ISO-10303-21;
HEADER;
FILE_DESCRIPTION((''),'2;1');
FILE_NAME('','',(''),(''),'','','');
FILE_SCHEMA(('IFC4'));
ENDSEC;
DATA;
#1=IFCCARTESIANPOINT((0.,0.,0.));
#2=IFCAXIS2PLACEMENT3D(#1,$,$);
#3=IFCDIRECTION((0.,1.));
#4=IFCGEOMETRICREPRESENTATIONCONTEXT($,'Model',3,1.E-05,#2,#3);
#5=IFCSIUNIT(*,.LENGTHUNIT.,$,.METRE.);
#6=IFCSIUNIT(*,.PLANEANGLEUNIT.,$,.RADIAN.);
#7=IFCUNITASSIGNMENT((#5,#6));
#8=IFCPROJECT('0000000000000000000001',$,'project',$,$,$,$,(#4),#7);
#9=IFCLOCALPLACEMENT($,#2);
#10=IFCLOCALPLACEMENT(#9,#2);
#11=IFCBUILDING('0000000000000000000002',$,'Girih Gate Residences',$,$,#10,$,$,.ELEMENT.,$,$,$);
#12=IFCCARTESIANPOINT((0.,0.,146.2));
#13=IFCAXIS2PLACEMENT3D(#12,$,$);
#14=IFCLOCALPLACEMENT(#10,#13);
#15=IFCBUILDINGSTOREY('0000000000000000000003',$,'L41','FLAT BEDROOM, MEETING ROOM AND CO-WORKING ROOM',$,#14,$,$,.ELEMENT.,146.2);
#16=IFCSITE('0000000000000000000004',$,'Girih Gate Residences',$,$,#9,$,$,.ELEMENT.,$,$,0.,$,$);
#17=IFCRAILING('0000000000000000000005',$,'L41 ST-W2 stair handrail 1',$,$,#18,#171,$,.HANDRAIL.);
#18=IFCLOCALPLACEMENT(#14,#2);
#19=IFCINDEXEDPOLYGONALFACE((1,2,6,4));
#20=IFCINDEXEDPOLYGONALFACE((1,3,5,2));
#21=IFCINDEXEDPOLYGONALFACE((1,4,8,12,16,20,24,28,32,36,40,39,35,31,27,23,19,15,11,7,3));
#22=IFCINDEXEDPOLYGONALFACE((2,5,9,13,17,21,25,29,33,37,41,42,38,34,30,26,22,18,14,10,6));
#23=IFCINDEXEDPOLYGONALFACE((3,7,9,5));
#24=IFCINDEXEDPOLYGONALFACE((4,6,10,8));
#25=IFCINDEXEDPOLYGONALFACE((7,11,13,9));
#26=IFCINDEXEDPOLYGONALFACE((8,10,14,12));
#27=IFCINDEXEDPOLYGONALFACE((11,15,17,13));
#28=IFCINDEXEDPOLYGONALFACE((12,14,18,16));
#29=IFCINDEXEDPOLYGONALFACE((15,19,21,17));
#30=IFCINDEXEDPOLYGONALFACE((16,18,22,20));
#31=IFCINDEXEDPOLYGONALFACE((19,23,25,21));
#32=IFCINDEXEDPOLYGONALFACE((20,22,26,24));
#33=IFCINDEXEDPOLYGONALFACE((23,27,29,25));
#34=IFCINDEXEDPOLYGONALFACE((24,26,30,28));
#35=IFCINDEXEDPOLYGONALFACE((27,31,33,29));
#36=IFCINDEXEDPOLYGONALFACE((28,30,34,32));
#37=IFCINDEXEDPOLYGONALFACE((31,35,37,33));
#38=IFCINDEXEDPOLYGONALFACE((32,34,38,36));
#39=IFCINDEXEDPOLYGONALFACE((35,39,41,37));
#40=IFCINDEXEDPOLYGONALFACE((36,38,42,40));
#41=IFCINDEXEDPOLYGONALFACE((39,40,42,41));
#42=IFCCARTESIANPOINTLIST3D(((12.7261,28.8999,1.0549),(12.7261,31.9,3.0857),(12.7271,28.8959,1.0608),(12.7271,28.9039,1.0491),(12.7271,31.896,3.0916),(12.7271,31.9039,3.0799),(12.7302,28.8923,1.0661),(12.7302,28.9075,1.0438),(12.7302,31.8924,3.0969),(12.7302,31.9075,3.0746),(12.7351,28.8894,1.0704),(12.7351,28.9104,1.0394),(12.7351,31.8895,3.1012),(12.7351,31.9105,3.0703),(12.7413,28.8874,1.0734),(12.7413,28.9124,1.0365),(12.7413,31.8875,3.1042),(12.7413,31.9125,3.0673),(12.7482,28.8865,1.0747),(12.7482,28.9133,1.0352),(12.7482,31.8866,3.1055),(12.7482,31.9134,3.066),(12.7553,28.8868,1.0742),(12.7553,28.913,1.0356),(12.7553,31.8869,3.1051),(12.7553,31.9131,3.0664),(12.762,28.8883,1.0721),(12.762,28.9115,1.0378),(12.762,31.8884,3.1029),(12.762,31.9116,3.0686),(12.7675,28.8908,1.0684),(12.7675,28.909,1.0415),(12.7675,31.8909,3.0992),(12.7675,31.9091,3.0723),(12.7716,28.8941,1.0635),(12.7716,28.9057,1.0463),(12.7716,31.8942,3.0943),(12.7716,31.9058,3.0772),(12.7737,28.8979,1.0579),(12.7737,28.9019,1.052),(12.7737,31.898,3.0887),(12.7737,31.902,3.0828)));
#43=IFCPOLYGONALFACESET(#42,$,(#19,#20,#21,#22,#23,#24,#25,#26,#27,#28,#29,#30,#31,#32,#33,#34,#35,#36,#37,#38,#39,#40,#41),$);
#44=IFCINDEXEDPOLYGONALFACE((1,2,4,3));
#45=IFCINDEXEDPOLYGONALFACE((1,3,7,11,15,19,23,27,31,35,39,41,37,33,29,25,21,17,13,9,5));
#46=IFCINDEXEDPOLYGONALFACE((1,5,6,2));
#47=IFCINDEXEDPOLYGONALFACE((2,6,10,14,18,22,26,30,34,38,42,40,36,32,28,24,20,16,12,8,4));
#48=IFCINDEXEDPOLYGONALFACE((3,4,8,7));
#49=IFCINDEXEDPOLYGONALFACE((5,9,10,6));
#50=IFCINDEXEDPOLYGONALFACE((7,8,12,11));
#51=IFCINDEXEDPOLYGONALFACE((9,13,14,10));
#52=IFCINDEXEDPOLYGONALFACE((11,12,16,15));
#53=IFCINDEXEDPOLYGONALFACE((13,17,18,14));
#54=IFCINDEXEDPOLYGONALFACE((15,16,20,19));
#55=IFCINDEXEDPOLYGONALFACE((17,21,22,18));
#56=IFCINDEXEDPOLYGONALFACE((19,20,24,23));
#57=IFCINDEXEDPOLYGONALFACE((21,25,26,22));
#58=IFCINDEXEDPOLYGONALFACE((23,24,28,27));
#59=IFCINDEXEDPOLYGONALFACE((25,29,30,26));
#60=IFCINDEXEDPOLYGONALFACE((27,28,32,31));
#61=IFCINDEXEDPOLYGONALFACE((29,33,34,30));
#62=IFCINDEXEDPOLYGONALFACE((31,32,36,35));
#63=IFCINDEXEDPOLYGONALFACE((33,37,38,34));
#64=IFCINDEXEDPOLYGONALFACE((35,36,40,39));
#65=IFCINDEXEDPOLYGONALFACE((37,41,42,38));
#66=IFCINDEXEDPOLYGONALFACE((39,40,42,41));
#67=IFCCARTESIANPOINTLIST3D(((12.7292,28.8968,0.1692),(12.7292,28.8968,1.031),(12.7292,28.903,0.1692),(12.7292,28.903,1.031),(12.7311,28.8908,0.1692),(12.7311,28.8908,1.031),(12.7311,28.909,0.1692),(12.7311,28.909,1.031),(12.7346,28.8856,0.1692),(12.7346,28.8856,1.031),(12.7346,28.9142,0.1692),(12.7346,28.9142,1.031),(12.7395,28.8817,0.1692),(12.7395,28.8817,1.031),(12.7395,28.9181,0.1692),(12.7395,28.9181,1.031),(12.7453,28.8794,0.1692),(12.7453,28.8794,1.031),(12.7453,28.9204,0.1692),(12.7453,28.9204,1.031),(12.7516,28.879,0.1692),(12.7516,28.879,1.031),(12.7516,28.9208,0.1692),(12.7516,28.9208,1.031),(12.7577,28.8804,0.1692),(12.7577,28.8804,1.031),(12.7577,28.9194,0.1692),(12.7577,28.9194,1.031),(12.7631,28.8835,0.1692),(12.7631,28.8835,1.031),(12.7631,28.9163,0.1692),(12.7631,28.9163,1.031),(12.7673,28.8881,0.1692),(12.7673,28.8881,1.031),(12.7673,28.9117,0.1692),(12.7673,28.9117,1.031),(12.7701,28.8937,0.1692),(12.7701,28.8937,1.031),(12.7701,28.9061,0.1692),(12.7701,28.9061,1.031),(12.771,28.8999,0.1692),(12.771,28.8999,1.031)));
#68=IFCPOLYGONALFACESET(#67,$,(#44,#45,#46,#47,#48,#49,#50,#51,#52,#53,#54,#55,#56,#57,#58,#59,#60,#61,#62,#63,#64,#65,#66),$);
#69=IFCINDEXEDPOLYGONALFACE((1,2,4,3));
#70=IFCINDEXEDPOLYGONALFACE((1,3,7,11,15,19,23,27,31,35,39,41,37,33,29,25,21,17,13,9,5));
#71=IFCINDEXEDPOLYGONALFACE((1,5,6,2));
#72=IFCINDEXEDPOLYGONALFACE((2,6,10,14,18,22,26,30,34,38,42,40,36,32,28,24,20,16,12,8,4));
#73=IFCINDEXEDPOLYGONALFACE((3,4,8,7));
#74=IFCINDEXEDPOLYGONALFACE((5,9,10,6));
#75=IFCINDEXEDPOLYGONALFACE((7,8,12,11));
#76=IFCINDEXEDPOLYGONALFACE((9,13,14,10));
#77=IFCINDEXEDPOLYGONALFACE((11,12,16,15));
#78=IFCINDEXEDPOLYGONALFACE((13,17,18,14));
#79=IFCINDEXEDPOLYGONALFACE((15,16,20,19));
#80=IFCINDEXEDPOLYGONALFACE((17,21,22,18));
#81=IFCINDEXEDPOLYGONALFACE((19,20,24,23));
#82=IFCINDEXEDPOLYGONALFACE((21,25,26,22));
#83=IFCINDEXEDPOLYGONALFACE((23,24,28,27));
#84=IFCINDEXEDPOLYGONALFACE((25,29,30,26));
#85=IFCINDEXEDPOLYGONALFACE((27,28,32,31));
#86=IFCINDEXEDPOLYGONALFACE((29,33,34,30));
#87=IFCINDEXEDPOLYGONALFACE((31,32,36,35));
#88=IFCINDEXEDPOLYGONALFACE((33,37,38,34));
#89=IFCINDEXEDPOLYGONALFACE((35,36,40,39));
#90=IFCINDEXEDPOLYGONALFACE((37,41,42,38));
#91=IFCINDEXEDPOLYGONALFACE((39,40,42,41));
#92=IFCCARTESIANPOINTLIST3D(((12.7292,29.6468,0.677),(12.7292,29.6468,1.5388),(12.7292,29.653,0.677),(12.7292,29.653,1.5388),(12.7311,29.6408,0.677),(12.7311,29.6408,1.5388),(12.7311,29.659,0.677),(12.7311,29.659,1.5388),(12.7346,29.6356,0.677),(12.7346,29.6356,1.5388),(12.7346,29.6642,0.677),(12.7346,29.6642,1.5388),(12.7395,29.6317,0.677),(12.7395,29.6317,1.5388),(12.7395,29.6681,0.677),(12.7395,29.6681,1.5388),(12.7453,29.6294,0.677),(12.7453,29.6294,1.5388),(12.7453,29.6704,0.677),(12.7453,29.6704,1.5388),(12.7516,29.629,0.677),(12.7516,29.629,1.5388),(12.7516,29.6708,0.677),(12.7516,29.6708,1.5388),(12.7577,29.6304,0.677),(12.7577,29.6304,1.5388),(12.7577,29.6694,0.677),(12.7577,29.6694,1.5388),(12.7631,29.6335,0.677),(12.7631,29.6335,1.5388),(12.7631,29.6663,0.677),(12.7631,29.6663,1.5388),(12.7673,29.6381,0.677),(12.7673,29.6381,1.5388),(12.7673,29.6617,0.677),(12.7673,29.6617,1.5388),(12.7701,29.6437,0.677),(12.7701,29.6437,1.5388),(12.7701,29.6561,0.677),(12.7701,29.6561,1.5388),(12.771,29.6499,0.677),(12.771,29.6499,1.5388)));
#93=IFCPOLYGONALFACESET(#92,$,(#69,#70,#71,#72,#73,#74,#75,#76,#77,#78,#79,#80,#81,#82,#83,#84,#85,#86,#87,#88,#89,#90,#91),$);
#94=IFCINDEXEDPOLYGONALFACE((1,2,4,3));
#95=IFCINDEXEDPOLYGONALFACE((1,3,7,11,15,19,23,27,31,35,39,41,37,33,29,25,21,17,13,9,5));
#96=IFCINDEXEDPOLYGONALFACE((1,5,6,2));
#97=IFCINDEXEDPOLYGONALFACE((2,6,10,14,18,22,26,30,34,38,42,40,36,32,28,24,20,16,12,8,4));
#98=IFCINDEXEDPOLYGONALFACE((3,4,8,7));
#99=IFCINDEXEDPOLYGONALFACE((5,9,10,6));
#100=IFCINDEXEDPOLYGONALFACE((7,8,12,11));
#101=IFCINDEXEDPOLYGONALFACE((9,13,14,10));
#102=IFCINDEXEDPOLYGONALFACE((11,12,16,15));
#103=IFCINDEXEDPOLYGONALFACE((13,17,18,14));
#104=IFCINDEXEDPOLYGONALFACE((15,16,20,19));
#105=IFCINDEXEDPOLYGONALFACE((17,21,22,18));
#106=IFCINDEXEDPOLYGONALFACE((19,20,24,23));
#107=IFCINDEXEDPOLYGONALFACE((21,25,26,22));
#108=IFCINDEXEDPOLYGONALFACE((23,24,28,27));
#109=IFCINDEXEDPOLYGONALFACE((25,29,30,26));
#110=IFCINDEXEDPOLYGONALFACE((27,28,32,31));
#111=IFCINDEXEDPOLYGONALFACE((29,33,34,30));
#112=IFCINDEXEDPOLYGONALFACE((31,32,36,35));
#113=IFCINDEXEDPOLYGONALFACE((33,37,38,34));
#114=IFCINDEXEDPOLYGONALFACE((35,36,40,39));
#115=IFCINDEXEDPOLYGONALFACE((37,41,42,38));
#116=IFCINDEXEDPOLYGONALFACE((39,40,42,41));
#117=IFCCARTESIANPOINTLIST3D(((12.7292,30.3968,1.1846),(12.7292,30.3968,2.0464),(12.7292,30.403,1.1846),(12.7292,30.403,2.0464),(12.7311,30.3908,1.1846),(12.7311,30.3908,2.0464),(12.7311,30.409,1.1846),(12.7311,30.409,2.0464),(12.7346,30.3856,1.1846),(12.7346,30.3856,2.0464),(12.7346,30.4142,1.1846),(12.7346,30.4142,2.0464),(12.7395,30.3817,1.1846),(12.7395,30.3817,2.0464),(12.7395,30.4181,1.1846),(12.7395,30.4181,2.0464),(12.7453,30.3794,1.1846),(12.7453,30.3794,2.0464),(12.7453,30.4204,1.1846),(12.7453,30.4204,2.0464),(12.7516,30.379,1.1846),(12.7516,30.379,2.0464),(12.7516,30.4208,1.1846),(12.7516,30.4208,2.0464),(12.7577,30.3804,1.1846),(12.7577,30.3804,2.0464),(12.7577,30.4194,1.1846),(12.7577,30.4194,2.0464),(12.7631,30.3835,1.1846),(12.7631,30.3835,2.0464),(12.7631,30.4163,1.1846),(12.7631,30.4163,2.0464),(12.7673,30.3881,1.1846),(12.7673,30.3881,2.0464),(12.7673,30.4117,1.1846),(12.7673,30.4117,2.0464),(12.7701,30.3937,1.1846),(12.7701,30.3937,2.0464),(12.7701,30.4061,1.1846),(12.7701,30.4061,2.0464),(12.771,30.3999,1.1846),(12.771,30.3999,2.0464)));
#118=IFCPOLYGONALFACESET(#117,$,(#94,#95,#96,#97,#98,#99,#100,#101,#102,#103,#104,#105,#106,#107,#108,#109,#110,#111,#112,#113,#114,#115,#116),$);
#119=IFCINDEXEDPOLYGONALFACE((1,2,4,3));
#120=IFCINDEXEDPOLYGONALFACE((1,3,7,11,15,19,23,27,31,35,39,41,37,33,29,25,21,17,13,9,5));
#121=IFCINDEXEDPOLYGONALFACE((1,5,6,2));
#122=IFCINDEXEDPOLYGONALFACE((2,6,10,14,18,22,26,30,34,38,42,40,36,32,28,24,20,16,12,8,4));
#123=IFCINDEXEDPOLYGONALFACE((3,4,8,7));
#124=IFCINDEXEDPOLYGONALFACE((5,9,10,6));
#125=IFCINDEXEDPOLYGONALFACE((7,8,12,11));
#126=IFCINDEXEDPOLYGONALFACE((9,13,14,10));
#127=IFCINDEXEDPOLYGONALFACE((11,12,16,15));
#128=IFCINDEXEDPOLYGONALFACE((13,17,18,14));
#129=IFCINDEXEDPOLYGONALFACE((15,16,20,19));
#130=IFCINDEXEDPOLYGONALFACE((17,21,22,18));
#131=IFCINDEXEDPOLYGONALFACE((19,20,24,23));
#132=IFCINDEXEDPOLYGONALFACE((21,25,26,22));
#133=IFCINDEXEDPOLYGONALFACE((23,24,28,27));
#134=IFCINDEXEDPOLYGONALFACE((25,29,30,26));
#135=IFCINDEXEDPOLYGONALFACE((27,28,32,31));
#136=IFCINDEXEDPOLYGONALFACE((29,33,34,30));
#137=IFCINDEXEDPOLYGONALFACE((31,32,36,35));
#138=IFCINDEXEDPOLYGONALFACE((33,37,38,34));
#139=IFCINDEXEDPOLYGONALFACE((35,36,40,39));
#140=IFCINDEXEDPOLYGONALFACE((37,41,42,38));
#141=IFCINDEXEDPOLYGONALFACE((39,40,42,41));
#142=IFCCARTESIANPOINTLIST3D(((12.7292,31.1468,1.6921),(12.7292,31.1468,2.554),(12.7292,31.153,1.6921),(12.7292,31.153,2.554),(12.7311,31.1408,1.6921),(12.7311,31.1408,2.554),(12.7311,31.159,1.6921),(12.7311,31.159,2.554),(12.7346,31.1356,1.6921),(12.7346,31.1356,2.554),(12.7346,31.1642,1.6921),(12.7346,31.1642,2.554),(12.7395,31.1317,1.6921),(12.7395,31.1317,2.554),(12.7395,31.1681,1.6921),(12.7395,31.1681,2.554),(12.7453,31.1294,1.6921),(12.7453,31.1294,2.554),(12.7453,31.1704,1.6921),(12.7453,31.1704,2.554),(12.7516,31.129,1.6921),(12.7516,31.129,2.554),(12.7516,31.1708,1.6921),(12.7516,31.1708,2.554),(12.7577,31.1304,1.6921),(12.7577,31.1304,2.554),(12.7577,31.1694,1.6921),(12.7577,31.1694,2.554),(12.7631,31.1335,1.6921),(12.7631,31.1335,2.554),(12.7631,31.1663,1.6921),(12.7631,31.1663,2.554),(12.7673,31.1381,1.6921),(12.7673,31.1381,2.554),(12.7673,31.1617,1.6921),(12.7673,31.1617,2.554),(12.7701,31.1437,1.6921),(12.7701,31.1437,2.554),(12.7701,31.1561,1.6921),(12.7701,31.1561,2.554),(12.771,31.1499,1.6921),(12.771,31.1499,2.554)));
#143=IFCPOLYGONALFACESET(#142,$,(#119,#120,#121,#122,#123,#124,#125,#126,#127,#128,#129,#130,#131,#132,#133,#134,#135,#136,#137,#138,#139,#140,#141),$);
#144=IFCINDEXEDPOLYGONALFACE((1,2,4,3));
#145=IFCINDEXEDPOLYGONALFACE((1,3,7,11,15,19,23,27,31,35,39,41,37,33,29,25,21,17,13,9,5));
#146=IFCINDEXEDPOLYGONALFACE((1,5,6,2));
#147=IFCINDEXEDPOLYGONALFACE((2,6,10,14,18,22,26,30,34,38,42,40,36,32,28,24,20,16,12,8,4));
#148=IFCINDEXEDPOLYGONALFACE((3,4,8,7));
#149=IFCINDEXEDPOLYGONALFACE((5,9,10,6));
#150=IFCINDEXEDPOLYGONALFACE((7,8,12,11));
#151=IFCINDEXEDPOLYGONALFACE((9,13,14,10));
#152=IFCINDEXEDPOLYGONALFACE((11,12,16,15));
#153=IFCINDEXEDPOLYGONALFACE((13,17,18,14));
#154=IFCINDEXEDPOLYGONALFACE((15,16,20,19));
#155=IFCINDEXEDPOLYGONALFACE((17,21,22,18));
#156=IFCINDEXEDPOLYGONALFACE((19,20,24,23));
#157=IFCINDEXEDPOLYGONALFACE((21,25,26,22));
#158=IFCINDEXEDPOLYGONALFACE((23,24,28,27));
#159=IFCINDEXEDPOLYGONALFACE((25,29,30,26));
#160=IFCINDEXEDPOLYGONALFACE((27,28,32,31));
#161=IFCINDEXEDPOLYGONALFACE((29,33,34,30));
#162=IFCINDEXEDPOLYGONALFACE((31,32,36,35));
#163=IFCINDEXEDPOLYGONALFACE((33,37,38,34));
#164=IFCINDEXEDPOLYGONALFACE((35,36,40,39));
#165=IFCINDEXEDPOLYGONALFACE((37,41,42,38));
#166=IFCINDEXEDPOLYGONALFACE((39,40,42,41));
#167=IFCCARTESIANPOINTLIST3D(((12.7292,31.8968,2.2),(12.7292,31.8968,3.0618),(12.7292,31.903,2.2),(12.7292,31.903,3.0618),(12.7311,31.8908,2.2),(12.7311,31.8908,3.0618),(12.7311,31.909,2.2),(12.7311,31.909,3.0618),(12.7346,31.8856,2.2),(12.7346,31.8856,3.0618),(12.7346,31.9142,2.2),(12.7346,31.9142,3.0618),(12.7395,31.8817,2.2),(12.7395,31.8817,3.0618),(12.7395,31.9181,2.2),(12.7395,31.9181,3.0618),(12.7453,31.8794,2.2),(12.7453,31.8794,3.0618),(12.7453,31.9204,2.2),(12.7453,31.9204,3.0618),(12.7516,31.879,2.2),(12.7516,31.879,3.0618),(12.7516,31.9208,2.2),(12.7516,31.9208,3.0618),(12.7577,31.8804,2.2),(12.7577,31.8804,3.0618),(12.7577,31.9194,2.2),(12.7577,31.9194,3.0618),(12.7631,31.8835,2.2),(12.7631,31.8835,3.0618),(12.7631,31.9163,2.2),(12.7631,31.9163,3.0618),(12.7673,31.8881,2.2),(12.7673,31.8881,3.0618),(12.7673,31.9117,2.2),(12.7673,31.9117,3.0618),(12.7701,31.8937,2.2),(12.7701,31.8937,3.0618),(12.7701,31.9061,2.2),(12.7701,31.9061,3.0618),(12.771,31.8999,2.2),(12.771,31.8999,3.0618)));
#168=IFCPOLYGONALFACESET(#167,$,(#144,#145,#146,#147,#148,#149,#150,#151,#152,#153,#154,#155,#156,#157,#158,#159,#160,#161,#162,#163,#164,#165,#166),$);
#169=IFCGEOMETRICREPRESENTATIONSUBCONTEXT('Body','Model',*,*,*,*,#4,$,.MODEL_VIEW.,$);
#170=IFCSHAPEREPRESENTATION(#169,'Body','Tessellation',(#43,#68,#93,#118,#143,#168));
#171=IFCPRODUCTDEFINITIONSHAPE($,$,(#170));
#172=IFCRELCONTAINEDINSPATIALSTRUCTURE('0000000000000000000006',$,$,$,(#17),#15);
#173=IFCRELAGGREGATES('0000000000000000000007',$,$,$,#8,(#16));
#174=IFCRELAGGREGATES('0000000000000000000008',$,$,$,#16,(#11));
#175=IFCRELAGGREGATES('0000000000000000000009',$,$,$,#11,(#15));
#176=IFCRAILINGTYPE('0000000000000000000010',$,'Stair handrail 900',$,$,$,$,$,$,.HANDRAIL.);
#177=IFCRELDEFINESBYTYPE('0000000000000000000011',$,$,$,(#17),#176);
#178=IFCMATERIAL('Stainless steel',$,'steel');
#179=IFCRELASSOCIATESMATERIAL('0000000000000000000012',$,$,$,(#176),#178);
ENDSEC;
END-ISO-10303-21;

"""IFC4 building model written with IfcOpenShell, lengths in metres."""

from ifc_helpers import new_model, si_unit, direction, frame, origin, origin_2d, place, context, subcontext, project, spatial, circle, extrude, material, type_object, element, save


model = new_model("IFC4")

# Units and contexts
model_context = context("Model", 3, precision=1e-05, world=origin(), true_north=direction((0.0, 1.0)))
body_context = subcontext(model_context, "Body", "Model", "MODEL_VIEW")
ifc_project = project(units=[si_unit("LENGTHUNIT", "METRE"), si_unit("PLANEANGLEUNIT", "RADIAN")], contexts=[model_context])

# Site, building, storey
site_placement = place(None, origin())
site = spatial("IfcSite", under=ifc_project, at=site_placement, Name="Girih Gate Residences", CompositionType="ELEMENT", RefElevation=0.0)
building_placement = place(site_placement, origin())
building = spatial("IfcBuilding", under=site, at=building_placement, Name="Girih Gate Residences", CompositionType="ELEMENT")
storey_placement = place(building_placement, frame((0.0, 0.0, 146.2)))
storey = spatial("IfcBuildingStorey", under=building, at=storey_placement, Name="L41", Description="FLAT BEDROOM, MEETING ROOM AND CO-WORKING ROOM", CompositionType="ELEMENT", Elevation=146.2)

# Railing
ifc_material_1 = material(Name="Stainless steel", Category="steel")
railing_type_1 = type_object("IfcRailingType", Name="Stair handrail 900", PredefinedType="HANDRAIL", material=ifc_material_1)
for number, where, name in (
    (1, (12.75, 28.8999, 0.1692), "L41 ST-W2 stair handrail 1"),
):
    element("IfcRailing", number, at=place(storey_placement, frame(where)), inside=storey, type_object=railing_type_1, Name=name, PredefinedType="HANDRAIL", context=body_context, shape_type="SweptSolid", body=[
        extrude(circle(Radius=0.0239, at=origin_2d()), frame((0.0, 0.0, 0.8857), z_axis=(0.0, 0.82811, 0.560565), x_axis=(-1.0, 0.0, 0.0)), (0.0, 0.0, 1.0), 3.6228),
        extrude(circle(Radius=0.021, at=origin_2d()), origin(), (0.0, 0.0, 1.0), 0.8618),
        extrude(circle(Radius=0.021, at=origin_2d()), frame((0.0, 0.75, 0.5078)), (0.0, 0.0, 1.0), 0.8618),
        extrude(circle(Radius=0.021, at=origin_2d()), frame((0.0, 1.5, 1.0154)), (0.0, 0.0, 1.0), 0.8618),
        extrude(circle(Radius=0.021, at=origin_2d()), frame((0.0, 2.25, 1.5229)), (0.0, 0.0, 1.0), 0.8618),
        extrude(circle(Radius=0.021, at=origin_2d()), frame((0.0, 3.0, 2.0308)), (0.0, 0.0, 1.0), 0.8618),
    ])

save(model, "model.ifc")
